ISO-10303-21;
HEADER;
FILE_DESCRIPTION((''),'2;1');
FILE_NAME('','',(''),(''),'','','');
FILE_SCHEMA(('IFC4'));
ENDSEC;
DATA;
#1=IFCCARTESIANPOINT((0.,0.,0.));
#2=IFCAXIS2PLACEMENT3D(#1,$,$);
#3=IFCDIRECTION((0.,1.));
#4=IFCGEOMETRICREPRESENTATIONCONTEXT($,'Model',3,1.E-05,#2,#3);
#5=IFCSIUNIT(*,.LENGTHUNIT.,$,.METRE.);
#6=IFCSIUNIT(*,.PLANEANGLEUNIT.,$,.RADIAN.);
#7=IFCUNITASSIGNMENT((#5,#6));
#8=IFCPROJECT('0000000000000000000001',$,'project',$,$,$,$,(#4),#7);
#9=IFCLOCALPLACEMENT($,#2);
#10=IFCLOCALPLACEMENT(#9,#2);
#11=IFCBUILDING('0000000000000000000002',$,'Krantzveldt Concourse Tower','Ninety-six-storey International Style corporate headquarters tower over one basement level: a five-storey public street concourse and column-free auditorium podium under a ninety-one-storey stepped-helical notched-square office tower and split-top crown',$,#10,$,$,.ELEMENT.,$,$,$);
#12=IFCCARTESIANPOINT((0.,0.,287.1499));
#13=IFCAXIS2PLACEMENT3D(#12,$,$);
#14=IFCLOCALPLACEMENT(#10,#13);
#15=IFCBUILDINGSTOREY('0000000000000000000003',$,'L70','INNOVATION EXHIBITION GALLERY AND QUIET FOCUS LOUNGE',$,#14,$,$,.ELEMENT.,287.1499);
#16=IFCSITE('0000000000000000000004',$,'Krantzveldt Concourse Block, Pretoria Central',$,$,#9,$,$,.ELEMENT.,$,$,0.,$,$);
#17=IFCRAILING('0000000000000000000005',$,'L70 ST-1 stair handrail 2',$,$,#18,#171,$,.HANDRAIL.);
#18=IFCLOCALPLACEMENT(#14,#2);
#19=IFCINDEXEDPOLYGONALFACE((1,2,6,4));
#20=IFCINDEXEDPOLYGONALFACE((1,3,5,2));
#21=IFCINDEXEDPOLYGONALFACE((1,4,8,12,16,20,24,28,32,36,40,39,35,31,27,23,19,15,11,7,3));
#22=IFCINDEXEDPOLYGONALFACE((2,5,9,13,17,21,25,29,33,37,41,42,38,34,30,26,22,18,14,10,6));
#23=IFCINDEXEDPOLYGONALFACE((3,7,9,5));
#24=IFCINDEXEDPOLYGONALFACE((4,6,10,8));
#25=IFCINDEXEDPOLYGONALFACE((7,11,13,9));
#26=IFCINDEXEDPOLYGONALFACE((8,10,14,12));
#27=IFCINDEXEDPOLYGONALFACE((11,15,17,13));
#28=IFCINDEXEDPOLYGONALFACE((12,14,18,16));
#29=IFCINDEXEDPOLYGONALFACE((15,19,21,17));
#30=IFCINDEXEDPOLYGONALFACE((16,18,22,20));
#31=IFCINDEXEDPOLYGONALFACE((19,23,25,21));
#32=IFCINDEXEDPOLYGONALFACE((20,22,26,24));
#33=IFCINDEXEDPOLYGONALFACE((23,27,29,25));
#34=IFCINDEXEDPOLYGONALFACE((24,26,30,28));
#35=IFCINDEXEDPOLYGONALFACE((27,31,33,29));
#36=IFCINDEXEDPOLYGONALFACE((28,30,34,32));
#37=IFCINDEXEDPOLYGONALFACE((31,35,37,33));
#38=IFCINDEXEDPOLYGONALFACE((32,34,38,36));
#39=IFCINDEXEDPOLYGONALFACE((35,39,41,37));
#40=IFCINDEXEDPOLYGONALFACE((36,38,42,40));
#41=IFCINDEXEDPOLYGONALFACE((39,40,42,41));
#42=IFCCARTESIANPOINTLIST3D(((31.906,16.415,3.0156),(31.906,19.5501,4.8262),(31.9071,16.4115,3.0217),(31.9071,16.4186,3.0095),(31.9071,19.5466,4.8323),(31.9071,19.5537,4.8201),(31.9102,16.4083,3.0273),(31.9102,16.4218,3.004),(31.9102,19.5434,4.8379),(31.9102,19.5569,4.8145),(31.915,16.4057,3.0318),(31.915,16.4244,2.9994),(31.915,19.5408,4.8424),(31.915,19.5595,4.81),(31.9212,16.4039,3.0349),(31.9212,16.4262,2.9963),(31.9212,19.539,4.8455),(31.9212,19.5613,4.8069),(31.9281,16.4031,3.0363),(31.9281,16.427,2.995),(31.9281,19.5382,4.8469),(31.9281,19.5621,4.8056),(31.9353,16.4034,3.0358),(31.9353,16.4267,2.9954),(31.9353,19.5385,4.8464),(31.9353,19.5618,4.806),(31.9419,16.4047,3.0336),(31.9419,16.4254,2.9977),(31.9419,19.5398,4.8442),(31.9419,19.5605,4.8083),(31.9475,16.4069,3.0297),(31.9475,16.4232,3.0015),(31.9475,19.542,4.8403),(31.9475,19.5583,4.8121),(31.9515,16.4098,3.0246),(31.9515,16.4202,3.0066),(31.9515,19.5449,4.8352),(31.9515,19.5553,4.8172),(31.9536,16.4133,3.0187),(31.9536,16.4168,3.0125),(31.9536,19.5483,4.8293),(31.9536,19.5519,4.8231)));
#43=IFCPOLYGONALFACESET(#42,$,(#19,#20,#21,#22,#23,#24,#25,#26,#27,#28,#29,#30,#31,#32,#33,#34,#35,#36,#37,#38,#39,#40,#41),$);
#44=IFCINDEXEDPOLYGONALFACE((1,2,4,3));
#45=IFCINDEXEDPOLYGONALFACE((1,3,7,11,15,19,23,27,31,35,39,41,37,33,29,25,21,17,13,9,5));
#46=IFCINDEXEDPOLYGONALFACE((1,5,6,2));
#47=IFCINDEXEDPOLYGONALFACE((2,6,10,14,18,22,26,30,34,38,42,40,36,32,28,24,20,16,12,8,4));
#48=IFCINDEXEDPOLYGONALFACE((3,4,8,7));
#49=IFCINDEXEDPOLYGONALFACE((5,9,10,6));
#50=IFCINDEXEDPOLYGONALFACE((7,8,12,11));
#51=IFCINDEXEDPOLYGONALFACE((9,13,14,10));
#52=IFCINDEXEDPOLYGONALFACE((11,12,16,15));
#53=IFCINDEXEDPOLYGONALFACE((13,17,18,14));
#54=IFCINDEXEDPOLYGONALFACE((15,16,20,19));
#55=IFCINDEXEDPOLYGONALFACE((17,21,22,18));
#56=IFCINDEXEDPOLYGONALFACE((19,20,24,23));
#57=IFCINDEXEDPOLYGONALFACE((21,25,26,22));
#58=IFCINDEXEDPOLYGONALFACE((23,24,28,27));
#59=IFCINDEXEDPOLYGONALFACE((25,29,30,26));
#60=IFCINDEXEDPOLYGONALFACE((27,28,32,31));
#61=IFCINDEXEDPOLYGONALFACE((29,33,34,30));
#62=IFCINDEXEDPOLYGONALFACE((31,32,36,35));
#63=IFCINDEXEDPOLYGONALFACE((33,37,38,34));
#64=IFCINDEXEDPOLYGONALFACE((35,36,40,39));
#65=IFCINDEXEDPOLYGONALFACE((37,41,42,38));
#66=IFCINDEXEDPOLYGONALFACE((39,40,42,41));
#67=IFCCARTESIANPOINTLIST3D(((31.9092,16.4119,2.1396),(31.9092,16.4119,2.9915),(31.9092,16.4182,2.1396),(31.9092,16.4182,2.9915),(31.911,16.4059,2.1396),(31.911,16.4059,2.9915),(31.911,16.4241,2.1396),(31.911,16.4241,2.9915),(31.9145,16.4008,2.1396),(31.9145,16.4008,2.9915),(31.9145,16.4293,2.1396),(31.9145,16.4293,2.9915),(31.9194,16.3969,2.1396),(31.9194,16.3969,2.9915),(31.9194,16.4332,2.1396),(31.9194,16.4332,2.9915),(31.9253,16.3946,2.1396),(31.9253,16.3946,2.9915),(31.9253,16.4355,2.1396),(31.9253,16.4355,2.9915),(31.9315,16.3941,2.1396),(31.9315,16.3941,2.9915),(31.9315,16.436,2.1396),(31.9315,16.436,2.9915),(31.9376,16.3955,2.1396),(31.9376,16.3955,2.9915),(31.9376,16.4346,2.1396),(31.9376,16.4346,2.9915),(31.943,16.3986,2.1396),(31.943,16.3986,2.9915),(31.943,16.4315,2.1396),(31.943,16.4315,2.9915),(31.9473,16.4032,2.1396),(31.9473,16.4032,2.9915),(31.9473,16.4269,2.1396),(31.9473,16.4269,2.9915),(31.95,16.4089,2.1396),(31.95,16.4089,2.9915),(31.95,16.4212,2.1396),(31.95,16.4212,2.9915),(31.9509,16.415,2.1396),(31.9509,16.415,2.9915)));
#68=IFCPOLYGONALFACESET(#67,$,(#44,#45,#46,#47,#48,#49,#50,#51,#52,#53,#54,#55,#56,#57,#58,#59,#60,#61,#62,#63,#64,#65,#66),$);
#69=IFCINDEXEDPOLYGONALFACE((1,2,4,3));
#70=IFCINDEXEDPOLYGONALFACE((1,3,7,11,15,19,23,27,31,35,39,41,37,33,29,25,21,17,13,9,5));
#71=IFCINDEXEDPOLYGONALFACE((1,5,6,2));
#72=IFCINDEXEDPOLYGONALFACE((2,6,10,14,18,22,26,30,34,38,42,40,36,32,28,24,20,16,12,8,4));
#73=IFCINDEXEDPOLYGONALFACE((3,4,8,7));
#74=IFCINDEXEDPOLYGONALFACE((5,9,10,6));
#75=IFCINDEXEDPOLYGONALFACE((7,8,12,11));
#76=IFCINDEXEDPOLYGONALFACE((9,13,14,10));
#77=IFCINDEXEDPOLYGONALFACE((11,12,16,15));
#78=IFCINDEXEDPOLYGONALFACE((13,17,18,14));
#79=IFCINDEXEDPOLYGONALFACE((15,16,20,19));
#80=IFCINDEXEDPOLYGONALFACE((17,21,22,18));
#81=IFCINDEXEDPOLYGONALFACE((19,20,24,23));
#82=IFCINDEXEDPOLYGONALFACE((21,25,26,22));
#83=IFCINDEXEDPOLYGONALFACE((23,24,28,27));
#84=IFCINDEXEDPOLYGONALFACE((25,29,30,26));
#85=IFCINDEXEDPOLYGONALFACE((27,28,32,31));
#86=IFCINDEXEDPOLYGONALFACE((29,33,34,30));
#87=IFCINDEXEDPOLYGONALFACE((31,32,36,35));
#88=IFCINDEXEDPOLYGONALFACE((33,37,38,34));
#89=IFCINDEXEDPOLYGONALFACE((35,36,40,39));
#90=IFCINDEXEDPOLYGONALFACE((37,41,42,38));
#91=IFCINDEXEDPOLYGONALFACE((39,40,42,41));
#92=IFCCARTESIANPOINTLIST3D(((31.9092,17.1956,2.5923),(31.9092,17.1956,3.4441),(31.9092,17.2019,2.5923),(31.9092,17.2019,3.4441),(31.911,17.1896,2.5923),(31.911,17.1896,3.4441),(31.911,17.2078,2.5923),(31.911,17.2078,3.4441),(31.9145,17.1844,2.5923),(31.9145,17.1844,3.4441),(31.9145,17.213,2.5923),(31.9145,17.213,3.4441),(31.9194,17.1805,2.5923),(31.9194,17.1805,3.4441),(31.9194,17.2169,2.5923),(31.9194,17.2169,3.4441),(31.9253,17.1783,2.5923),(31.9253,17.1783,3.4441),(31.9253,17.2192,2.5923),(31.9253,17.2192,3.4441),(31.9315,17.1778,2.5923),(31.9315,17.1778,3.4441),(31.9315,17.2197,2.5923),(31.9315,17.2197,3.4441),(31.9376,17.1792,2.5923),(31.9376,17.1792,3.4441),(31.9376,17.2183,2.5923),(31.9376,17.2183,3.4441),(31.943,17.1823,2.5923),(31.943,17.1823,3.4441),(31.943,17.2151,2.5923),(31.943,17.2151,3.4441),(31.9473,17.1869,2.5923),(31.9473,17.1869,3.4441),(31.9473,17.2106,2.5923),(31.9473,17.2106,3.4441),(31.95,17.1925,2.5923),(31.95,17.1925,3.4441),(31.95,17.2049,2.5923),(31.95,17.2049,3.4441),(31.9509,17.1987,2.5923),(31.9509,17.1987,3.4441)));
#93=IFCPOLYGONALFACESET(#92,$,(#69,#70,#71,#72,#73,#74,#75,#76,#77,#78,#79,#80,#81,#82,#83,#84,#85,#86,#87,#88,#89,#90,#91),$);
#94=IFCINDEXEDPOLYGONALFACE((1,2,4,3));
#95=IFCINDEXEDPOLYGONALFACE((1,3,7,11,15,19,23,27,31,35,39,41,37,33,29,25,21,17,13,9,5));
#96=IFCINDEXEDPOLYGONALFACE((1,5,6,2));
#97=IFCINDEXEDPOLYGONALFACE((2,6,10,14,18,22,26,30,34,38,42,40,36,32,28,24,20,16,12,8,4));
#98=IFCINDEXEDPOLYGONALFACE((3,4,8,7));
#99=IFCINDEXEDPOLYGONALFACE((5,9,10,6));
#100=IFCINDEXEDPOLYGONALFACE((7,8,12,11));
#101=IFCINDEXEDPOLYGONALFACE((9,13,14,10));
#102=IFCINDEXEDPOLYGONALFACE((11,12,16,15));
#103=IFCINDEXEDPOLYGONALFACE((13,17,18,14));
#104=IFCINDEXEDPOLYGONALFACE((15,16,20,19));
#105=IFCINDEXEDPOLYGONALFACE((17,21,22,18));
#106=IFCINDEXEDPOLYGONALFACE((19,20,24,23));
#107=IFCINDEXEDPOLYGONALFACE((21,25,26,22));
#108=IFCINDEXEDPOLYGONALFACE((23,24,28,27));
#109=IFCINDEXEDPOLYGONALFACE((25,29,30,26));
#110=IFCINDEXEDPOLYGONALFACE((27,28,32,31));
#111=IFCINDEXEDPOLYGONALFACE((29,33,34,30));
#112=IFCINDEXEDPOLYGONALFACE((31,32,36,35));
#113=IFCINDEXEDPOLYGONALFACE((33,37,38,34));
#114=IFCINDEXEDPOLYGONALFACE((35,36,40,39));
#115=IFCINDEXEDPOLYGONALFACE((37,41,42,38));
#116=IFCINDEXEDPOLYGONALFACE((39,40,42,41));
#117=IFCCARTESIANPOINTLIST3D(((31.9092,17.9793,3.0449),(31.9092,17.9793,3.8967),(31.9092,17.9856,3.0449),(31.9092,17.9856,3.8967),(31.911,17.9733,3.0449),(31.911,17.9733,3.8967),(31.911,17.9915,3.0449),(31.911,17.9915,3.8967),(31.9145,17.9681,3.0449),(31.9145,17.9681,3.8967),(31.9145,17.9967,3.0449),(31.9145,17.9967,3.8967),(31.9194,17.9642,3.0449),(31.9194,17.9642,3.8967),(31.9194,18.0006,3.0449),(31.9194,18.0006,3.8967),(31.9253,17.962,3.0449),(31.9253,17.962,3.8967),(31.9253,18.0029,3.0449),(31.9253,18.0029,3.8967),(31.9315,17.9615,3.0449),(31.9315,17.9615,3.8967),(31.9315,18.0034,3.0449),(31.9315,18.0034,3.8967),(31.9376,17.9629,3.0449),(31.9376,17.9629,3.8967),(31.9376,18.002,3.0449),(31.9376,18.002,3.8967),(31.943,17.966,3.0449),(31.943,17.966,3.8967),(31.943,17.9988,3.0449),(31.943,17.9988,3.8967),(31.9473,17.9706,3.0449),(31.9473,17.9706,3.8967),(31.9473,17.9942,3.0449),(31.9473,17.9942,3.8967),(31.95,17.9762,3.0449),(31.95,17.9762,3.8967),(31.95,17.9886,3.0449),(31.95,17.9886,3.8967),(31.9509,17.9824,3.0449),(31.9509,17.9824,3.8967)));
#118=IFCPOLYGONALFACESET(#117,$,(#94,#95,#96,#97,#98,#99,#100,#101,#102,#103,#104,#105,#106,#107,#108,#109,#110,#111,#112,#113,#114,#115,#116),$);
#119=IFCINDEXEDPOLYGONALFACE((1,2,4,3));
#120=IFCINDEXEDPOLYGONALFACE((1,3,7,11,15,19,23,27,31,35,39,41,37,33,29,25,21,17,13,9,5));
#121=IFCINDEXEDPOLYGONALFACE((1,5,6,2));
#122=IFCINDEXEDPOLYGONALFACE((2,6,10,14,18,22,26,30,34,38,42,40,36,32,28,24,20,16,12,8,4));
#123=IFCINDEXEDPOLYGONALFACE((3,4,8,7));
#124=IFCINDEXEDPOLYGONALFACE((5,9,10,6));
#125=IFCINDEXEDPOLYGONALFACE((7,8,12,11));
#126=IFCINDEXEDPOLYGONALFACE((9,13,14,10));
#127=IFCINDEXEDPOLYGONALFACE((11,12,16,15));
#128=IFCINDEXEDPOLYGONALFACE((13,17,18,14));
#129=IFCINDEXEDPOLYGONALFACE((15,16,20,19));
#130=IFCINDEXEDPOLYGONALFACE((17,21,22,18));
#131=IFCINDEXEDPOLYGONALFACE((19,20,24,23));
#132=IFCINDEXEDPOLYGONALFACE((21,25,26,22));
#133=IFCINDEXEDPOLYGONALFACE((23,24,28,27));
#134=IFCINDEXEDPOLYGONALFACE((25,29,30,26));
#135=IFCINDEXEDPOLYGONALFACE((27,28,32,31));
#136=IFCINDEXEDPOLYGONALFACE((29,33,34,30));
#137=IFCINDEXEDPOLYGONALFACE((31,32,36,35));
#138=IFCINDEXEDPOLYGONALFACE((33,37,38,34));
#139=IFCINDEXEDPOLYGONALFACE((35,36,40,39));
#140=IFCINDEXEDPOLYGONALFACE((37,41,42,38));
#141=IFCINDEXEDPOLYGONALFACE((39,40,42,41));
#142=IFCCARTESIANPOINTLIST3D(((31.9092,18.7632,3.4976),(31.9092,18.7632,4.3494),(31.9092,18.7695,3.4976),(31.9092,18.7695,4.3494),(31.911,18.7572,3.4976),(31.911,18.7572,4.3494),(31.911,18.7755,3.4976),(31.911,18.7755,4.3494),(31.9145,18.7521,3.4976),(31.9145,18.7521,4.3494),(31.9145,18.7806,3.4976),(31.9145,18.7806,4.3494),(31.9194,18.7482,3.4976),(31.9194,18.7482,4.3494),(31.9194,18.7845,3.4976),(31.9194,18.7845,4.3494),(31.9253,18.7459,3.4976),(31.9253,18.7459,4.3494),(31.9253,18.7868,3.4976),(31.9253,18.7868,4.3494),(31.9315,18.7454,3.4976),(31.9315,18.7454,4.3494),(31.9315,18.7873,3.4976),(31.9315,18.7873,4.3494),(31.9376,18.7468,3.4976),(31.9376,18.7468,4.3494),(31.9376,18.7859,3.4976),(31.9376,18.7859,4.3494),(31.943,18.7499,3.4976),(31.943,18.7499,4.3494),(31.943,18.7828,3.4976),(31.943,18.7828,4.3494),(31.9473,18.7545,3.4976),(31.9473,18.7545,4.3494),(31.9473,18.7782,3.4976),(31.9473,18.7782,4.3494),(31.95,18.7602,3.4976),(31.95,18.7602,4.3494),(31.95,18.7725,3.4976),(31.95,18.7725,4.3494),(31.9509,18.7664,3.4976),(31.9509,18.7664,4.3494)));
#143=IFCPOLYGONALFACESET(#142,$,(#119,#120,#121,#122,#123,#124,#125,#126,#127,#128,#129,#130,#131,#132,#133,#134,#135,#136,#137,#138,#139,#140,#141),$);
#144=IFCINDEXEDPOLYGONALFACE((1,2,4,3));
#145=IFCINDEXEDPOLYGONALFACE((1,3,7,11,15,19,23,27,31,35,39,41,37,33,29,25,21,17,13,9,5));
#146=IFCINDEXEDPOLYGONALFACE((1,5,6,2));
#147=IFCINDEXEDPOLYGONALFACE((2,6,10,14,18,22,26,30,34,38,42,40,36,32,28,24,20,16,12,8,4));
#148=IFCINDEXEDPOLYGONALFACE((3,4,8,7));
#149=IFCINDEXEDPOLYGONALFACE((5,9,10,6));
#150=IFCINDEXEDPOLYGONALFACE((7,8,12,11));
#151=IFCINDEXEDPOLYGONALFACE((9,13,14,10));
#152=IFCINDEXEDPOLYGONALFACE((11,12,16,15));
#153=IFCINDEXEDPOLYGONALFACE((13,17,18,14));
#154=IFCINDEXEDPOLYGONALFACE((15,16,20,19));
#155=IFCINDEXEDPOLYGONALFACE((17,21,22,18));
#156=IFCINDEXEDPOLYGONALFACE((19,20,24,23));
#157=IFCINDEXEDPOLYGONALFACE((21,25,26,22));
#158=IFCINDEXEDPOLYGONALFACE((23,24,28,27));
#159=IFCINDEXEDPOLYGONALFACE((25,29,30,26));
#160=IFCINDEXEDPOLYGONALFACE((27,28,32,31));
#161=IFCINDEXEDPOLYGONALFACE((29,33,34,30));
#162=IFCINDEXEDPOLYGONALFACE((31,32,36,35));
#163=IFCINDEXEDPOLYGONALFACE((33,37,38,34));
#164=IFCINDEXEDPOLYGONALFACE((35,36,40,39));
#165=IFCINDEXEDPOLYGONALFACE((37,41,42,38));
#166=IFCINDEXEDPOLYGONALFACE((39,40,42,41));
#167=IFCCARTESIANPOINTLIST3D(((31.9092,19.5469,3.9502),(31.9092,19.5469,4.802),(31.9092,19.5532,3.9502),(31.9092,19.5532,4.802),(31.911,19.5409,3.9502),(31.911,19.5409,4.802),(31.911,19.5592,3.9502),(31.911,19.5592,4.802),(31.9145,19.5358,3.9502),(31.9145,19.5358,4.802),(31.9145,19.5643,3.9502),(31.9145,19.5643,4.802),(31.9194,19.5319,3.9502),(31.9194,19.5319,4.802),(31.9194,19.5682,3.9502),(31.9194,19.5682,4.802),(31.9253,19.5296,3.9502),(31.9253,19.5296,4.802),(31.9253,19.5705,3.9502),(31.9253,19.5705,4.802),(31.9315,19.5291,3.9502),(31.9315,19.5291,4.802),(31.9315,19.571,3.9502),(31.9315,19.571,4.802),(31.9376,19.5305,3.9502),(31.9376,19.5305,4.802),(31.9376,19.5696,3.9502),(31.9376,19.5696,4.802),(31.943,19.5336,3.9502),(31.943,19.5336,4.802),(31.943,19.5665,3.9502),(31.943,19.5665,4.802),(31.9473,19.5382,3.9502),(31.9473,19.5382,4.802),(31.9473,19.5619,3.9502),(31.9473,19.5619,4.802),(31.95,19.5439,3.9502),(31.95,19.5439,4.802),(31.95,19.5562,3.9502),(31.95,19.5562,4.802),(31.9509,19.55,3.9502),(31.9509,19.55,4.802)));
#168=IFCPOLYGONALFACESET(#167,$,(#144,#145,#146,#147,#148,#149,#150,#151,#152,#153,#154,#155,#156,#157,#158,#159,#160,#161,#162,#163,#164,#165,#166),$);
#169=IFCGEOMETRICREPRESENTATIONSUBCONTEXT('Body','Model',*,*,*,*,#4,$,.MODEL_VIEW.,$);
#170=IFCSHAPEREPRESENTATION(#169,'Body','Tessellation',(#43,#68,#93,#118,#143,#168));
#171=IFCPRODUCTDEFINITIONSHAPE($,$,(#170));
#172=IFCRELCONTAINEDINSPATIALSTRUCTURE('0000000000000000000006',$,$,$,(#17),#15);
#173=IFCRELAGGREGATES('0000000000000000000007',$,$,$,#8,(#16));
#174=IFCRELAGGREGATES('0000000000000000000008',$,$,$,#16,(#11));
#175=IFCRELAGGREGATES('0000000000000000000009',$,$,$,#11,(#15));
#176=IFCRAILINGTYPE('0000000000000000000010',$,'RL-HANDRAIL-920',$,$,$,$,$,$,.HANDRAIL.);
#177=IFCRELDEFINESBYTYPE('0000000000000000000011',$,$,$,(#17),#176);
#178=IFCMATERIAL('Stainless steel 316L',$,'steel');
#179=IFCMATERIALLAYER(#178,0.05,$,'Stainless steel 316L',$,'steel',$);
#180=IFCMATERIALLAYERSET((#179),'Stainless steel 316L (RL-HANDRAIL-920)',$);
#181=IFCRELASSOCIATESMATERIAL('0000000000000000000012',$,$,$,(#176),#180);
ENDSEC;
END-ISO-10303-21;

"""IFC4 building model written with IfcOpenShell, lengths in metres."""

from ifc_helpers import new_model, si_unit, direction, frame, origin, origin_2d, place, context, subcontext, project, spatial, circle, extrude, material, layer, layer_set, type_object, element, save


model = new_model("IFC4")

# Units and contexts
model_context = context("Model", 3, precision=1e-05, world=origin(), true_north=direction((0.0, 1.0)))
body_context = subcontext(model_context, "Body", "Model", "MODEL_VIEW")
ifc_project = project(units=[si_unit("LENGTHUNIT", "METRE"), si_unit("PLANEANGLEUNIT", "RADIAN")], contexts=[model_context])

# Site, building, storey
site_placement = place(None, origin())
site = spatial("IfcSite", under=ifc_project, at=site_placement, Name="Krantzveldt Concourse Block, Pretoria Central", CompositionType="ELEMENT", RefElevation=0.0)
building_placement = place(site_placement, origin())
building = spatial("IfcBuilding", under=site, at=building_placement, Name="Krantzveldt Concourse Tower", Description="Ninety-six-storey International Style corporate headquarters tower over one basement level: a five-storey public street concourse and column-free auditorium podium under a ninety-one-storey stepped-helical notched-square office tower and split-top crown", CompositionType="ELEMENT")
storey_placement = place(building_placement, frame((0.0, 0.0, 287.1499)))
storey = spatial("IfcBuildingStorey", under=building, at=storey_placement, Name="L70", Description="INNOVATION EXHIBITION GALLERY AND QUIET FOCUS LOUNGE", CompositionType="ELEMENT", Elevation=287.1499)

# Railing
ifc_material_1 = material(Name="Stainless steel 316L", Category="steel")
ifc_layer_1 = layer(ifc_material_1, 0.05, Name="Stainless steel 316L", Category="steel")
ifc_layer_set_1 = layer_set([ifc_layer_1], Name="Stainless steel 316L (RL-HANDRAIL-920)")
railing_type_1 = type_object("IfcRailingType", Name="RL-HANDRAIL-920", PredefinedType="HANDRAIL", material=ifc_layer_set_1)
railing_1_placement = place(storey_placement, frame((31.9299, 16.415, 2.1396)))
element("IfcRailing", 1, at=railing_1_placement, inside=storey, type_object=railing_type_1, Name="L70 ST-1 stair handrail 2", PredefinedType="HANDRAIL", context=body_context, shape_type="SweptSolid", body=[
    extrude(circle(Radius=0.0239, at=origin_2d()), frame((0.0, 0.0, 0.876), z_axis=(0.0, 0.86596, 0.500114), x_axis=(-1.0, 0.0, 0.0)), (0.0, 0.0, 1.0), 3.6204),
    extrude(circle(Radius=0.021, at=origin_2d()), origin(), (0.0, 0.0, 1.0), 0.8518),
    extrude(circle(Radius=0.021, at=origin_2d()), frame((0.0, 0.7837, 0.4526)), (0.0, 0.0, 1.0), 0.8518),
    extrude(circle(Radius=0.021, at=origin_2d()), frame((0.0, 1.5674, 0.9053)), (0.0, 0.0, 1.0), 0.8518),
    extrude(circle(Radius=0.021, at=origin_2d()), frame((0.0, 2.3513, 1.3579)), (0.0, 0.0, 1.0), 0.8518),
    extrude(circle(Radius=0.021, at=origin_2d()), frame((0.0, 3.135, 1.8105)), (0.0, 0.0, 1.0), 0.8518),
])

save(model, "model.ifc")
